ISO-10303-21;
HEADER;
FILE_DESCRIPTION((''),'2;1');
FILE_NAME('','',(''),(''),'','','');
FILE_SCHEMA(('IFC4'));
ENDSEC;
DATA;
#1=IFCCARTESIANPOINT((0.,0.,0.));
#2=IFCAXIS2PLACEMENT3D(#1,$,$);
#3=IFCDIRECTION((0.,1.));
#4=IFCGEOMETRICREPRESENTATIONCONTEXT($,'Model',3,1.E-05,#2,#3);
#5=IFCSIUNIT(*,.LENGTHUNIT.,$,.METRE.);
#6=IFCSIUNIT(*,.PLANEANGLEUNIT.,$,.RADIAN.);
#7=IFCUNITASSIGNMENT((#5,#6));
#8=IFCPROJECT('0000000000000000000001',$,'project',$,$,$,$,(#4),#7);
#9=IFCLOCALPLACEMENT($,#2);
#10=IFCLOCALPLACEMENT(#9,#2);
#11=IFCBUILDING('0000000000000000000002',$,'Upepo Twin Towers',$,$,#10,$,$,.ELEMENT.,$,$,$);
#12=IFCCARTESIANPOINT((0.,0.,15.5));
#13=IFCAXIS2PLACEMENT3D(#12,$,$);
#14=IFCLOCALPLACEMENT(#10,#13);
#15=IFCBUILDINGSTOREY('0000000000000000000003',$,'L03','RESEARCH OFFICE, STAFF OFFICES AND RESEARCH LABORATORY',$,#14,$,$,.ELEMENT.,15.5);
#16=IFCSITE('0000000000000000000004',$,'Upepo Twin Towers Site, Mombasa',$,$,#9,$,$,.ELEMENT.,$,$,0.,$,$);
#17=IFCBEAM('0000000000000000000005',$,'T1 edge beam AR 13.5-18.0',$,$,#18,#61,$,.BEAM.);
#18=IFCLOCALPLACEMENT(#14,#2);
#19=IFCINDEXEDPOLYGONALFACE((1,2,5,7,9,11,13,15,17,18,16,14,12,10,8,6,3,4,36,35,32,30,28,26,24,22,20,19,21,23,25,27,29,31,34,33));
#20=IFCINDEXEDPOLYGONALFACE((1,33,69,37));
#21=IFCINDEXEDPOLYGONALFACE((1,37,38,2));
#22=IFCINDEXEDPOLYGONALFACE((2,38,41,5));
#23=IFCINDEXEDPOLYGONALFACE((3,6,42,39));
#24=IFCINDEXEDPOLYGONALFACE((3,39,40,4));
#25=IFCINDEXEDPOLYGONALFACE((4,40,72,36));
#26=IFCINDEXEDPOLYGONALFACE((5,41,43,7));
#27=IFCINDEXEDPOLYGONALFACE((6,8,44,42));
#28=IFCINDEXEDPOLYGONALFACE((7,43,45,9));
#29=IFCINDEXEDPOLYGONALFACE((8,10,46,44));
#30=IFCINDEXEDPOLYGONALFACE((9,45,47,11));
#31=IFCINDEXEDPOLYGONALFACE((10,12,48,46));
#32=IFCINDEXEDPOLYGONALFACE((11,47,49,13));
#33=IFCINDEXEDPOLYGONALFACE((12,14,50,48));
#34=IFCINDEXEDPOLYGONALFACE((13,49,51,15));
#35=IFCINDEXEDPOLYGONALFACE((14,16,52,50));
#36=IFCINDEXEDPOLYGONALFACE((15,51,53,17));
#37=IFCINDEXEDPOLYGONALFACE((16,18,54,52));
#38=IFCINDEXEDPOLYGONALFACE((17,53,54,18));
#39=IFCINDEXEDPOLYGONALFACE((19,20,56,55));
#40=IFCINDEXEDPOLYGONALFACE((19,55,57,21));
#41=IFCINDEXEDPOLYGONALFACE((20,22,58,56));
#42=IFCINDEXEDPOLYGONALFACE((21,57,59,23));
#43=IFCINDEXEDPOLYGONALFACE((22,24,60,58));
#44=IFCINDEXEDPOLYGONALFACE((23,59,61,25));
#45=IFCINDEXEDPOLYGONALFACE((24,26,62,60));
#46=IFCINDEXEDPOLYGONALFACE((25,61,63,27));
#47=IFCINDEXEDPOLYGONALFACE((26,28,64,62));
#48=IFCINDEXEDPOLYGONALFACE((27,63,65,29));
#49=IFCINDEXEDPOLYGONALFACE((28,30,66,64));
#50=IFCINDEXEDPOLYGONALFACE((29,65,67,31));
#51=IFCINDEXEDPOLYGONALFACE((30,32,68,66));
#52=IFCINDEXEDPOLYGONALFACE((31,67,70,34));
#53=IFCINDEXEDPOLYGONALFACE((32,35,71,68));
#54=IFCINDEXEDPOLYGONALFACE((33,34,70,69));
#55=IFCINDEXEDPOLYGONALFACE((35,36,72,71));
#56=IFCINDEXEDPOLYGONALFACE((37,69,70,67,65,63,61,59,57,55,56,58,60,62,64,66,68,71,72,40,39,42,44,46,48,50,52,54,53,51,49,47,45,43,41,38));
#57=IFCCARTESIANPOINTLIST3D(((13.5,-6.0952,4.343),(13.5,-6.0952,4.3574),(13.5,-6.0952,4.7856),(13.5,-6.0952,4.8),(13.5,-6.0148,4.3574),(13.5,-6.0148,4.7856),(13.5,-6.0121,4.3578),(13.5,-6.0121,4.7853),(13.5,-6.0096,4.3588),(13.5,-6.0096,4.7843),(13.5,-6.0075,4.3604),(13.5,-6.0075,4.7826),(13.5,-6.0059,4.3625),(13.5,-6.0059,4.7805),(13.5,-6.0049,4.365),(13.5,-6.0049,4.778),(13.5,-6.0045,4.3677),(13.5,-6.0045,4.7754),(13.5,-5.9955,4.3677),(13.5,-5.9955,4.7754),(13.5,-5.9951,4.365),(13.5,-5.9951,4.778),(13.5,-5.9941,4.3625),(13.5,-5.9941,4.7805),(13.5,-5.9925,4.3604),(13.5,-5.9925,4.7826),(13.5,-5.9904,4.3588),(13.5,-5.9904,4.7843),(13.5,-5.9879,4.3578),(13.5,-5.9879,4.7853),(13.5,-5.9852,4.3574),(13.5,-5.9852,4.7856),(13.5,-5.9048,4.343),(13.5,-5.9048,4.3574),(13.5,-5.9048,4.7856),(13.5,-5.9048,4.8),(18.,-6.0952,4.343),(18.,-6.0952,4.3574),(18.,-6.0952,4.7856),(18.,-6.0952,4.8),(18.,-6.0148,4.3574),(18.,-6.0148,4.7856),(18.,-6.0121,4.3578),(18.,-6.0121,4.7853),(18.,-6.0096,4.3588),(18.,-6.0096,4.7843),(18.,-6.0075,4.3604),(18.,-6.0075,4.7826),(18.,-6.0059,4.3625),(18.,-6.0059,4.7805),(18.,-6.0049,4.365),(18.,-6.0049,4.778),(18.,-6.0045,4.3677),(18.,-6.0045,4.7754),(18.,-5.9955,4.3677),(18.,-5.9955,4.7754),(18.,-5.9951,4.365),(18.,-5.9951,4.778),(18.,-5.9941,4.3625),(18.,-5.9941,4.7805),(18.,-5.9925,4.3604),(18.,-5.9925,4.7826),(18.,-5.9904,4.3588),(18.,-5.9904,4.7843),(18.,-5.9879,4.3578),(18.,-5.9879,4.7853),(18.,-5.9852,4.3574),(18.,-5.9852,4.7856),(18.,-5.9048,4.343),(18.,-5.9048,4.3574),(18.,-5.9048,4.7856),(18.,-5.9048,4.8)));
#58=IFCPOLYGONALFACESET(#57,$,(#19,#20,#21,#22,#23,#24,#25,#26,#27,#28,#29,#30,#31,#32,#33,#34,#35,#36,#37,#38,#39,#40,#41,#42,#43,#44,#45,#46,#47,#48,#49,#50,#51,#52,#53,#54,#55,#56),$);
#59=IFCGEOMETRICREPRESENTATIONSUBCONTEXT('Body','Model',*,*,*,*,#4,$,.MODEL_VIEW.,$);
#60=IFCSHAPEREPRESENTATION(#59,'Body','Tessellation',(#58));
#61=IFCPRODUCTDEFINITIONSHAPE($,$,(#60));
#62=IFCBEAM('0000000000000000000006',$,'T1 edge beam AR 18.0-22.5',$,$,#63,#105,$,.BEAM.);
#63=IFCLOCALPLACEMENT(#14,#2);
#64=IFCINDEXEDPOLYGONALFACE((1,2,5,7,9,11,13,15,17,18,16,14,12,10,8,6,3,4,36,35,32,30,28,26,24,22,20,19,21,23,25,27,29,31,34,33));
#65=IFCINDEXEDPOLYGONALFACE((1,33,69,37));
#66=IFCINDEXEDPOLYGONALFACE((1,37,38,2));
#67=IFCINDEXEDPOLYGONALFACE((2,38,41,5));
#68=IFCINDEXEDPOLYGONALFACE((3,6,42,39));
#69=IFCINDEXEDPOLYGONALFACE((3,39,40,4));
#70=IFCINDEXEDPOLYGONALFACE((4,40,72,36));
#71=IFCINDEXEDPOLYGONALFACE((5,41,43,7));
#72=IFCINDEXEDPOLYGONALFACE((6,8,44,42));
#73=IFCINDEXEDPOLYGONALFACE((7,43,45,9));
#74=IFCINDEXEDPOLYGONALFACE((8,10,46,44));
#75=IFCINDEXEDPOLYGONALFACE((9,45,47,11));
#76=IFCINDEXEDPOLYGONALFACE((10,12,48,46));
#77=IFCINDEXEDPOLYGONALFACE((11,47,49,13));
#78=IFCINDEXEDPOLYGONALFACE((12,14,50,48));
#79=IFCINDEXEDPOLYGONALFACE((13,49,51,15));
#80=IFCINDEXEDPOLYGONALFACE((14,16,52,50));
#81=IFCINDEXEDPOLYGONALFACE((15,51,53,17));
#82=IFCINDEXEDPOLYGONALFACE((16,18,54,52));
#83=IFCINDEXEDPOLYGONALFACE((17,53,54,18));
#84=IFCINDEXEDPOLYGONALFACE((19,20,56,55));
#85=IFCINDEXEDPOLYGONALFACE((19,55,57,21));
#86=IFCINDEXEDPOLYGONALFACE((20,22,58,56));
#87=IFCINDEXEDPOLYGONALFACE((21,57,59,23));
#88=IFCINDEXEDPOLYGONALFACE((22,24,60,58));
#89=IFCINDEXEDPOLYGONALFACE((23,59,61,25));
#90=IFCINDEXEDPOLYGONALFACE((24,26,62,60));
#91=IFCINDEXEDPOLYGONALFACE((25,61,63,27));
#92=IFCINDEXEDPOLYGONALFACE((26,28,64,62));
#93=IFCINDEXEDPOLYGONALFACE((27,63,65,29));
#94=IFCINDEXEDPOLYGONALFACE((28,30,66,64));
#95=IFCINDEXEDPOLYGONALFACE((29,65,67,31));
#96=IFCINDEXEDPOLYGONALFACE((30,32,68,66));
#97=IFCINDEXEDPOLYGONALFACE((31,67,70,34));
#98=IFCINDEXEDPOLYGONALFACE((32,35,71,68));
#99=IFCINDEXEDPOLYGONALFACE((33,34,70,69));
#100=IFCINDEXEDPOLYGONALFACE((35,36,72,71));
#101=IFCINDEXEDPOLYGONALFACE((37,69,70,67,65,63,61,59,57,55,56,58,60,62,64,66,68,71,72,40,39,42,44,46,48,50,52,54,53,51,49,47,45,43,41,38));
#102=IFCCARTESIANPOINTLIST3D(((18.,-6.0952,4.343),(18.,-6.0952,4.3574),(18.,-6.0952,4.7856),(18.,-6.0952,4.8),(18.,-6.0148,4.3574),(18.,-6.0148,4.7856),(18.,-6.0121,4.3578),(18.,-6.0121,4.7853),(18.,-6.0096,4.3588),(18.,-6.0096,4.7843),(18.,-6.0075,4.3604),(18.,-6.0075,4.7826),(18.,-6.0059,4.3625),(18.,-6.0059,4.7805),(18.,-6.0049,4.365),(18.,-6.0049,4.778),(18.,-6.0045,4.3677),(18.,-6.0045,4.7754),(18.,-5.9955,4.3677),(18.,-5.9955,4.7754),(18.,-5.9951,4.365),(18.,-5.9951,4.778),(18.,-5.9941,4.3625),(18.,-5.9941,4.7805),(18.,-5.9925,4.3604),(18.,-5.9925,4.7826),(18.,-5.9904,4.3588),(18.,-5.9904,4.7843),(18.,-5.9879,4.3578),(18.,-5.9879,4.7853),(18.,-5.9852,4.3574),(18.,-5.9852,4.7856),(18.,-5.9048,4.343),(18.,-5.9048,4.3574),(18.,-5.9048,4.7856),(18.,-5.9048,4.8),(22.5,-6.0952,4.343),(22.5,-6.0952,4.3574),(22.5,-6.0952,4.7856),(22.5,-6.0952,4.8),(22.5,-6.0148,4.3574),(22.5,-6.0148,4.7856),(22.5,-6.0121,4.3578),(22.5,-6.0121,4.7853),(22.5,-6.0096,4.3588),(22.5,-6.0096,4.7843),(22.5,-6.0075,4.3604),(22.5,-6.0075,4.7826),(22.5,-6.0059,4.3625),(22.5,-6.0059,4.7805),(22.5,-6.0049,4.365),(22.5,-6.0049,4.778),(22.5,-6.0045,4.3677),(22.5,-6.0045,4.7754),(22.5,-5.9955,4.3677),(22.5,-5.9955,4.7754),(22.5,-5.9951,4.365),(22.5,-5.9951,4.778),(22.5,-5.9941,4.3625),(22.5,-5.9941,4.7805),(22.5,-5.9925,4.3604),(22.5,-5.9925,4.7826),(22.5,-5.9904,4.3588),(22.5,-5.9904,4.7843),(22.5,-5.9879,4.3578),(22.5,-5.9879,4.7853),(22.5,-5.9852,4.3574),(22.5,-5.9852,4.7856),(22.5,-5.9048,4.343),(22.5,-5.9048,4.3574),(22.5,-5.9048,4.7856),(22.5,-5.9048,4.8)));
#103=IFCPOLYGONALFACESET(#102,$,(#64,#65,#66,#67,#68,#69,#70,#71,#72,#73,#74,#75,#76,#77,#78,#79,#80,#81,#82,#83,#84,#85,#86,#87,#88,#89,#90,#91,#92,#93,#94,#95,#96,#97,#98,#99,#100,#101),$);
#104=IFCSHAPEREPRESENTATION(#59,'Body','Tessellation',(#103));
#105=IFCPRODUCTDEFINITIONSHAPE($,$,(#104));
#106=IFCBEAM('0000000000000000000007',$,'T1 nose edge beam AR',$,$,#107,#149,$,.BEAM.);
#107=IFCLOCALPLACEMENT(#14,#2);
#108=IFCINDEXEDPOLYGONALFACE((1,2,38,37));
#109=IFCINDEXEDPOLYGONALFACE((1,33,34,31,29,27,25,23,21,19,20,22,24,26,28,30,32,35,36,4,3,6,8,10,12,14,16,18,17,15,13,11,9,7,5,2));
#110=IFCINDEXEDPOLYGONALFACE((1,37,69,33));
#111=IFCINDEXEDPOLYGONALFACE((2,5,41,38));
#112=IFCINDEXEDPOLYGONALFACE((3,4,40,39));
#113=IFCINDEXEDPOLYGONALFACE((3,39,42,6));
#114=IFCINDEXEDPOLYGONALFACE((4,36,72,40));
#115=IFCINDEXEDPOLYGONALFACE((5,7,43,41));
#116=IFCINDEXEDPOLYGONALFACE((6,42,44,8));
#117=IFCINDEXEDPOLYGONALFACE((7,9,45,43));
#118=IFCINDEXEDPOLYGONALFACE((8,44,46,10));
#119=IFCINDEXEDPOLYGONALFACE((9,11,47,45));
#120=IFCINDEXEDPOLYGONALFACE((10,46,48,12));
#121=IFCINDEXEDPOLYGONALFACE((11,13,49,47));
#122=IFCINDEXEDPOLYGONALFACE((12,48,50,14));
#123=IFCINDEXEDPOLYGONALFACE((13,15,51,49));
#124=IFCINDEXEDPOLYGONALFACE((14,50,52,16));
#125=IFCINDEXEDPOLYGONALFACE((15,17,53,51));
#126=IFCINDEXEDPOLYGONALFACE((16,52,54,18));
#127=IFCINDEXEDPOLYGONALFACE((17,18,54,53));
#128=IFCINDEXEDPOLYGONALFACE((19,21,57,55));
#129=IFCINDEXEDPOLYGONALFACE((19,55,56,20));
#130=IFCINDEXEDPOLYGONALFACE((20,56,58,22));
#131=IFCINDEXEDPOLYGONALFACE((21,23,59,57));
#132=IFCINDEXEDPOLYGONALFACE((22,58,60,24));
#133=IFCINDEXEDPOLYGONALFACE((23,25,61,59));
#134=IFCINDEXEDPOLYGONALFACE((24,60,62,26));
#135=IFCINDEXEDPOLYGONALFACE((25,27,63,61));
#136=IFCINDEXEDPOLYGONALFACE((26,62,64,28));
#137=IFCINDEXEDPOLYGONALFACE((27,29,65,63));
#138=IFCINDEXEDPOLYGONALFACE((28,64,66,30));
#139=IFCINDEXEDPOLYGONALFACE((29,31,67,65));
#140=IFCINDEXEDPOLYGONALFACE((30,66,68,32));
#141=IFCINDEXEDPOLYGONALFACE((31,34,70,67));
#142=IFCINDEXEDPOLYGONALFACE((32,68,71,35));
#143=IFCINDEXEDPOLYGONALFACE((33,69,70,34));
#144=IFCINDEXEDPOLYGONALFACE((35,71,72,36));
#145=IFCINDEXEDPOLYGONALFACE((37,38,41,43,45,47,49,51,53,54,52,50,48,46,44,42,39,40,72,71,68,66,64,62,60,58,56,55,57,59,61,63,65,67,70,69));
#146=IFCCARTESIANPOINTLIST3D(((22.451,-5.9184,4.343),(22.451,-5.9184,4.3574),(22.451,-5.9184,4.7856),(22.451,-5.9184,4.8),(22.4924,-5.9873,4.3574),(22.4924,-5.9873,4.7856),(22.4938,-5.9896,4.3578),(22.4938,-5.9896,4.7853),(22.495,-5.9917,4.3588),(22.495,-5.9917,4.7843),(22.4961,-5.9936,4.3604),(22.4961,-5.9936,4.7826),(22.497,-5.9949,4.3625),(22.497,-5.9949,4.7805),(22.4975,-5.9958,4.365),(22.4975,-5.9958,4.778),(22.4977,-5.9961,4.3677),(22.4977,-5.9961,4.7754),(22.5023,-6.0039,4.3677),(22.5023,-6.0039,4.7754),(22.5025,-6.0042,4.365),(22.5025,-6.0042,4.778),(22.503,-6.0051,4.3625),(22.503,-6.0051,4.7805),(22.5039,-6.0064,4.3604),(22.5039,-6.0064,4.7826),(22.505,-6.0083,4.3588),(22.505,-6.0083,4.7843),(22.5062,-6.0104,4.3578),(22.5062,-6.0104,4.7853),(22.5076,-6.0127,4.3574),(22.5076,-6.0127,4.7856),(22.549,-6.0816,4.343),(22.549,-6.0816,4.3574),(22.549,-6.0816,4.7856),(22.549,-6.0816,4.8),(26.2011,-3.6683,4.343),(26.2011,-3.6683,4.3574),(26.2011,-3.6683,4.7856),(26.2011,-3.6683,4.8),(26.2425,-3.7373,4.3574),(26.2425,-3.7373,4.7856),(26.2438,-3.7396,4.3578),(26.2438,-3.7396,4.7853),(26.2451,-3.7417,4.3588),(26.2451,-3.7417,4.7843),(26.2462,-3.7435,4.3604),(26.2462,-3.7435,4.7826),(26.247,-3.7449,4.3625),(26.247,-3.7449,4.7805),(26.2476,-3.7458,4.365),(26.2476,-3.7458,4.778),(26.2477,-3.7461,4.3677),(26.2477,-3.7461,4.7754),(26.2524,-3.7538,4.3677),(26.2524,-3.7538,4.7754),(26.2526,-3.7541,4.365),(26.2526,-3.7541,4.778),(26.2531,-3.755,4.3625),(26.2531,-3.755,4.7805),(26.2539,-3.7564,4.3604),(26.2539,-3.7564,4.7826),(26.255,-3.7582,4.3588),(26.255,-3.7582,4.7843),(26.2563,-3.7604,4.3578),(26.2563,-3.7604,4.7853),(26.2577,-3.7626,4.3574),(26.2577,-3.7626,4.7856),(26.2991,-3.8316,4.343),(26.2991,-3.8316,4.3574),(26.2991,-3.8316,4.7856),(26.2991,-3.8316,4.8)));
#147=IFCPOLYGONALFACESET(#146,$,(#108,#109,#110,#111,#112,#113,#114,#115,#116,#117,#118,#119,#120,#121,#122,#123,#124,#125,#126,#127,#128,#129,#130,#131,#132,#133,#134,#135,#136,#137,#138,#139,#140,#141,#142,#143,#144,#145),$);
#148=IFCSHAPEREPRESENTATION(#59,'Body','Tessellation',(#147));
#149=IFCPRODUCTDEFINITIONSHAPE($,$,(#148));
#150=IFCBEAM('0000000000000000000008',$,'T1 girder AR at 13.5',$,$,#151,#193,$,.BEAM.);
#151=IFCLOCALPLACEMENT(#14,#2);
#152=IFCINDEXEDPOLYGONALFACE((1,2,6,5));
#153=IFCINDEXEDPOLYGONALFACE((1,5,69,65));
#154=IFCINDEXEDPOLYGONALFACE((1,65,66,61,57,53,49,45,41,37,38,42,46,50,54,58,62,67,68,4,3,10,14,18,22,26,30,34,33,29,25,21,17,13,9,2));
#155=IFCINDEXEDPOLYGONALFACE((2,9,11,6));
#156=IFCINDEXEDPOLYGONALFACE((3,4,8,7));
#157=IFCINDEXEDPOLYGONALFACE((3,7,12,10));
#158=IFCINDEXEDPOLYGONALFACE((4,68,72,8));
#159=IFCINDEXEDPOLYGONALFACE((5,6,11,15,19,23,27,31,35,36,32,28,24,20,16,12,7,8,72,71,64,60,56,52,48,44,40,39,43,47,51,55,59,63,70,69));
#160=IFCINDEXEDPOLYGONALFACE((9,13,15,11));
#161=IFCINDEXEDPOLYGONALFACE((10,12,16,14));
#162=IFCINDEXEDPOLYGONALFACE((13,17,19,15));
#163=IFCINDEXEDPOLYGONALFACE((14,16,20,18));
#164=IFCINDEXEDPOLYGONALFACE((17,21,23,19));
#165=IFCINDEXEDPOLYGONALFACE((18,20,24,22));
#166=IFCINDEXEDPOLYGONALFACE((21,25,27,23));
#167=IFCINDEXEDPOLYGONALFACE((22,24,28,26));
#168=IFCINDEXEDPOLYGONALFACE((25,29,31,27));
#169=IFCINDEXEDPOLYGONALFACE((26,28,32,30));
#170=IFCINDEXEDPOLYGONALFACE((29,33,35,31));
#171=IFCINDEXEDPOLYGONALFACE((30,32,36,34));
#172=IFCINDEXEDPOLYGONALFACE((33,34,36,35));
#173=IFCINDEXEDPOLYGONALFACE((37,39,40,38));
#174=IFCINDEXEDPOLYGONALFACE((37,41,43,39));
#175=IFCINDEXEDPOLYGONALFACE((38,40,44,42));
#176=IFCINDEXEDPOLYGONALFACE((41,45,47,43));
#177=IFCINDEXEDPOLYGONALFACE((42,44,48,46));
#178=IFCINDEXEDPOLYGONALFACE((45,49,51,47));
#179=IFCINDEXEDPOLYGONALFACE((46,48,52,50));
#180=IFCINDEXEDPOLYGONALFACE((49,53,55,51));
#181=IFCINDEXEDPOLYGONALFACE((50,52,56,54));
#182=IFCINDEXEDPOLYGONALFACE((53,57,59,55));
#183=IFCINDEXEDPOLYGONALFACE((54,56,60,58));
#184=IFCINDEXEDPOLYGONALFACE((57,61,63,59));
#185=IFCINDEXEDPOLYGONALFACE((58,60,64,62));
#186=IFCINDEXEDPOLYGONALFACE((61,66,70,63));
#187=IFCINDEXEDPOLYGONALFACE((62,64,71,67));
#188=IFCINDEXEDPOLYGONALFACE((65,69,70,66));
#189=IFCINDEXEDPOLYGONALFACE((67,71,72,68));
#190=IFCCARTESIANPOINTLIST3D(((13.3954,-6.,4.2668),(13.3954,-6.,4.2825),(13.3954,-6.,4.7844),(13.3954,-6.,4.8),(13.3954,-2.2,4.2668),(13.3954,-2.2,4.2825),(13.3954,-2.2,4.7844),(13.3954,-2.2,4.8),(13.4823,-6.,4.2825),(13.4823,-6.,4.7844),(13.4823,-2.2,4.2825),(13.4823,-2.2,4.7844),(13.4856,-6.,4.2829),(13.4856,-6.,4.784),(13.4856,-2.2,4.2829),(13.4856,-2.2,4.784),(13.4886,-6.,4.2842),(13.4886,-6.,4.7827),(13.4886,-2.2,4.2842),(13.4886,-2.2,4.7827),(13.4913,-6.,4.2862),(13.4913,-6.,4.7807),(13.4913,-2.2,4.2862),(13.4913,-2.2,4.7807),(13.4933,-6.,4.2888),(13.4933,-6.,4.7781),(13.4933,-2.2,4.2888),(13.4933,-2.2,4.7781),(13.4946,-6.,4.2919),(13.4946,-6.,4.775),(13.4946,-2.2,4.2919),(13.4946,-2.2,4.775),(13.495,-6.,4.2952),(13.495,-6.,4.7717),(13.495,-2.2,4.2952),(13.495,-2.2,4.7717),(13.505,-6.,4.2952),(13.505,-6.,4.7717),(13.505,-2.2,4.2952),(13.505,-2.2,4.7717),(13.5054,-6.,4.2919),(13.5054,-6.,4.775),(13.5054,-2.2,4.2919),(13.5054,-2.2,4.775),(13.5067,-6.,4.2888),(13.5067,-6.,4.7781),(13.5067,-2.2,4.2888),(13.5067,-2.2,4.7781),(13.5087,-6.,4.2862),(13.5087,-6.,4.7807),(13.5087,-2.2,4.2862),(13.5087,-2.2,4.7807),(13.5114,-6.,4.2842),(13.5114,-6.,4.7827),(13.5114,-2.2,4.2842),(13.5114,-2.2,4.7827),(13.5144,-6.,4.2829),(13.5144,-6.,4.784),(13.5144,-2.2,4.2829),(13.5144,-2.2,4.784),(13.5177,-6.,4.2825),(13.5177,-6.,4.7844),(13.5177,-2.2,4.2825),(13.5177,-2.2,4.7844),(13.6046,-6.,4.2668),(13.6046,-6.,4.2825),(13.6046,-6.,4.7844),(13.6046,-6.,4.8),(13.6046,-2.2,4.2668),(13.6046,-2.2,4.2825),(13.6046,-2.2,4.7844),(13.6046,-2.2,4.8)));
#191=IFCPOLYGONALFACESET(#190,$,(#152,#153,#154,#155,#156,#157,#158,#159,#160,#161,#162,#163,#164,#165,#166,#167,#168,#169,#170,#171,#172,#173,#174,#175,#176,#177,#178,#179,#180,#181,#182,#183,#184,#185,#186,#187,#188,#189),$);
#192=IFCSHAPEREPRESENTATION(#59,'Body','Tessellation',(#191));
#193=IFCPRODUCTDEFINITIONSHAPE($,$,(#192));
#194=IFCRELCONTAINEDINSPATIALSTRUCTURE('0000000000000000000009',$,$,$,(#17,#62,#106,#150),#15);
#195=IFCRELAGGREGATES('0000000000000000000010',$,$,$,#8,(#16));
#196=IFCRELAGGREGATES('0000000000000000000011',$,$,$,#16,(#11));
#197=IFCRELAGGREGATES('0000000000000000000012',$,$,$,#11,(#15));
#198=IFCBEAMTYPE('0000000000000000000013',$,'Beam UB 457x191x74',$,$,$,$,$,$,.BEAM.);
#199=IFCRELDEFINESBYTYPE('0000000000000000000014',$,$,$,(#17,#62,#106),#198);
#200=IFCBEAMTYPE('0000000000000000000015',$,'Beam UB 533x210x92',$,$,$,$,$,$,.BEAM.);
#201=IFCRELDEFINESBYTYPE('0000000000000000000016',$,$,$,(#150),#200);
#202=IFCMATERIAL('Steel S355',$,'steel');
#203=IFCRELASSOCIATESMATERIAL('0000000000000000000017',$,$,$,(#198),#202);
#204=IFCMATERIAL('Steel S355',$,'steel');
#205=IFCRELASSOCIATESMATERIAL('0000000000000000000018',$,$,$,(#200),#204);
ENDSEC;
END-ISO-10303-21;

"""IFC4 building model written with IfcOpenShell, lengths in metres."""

from ifc_helpers import new_model, si_unit, direction, frame, origin, origin_2d, place, context, subcontext, project, spatial, i_section, extrude, material, material_profile, profile_set, type_object, element, save


model = new_model("IFC4")

# Units and contexts
model_context = context("Model", 3, precision=1e-05, world=origin(), true_north=direction((0.0, 1.0)))
body_context = subcontext(model_context, "Body", "Model", "MODEL_VIEW")
ifc_project = project(units=[si_unit("LENGTHUNIT", "METRE"), si_unit("PLANEANGLEUNIT", "RADIAN")], contexts=[model_context])

# Site, building, storey
site_placement = place(None, origin())
site = spatial("IfcSite", under=ifc_project, at=site_placement, Name="Upepo Twin Towers Site, Mombasa", CompositionType="ELEMENT", RefElevation=0.0)
building_placement = place(site_placement, origin())
building = spatial("IfcBuilding", under=site, at=building_placement, Name="Upepo Twin Towers", CompositionType="ELEMENT")
storey_placement = place(building_placement, frame((0.0, 0.0, 15.5)))
storey = spatial("IfcBuildingStorey", under=building, at=storey_placement, Name="L03", Description="RESEARCH OFFICE, STAFF OFFICES AND RESEARCH LABORATORY", CompositionType="ELEMENT", Elevation=15.5)

# Beams
ifc_material_1 = material(Name="Steel S355", Category="steel")
ifc_material_profile_1 = material_profile(ifc_material_1, i_section(OverallWidth=0.1904, OverallDepth=0.457, WebThickness=0.009, FlangeThickness=0.0144, FilletRadius=0.0103, at=origin_2d()), Name="UB 457x191x74")
ifc_profile_set_1 = profile_set([ifc_material_profile_1], Name="Steel S355")
beam_type_1 = type_object("IfcBeamType", Name="Beam UB 457x191x74", PredefinedType="BEAM", material=ifc_profile_set_1)
for number, where, z_axis, x_axis, name in (
    (1, (13.5, -6.0, 4.5715), (1.0, 0.0, 0.0), (0.0, 1.0, 0.0), "T1 edge beam AR 13.5-18.0"),
    (2, (18.0, -6.0, 4.5715), (1.0, 0.0, 0.0), (0.0, 1.0, 0.0), "T1 edge beam AR 18.0-22.5"),
):
    element("IfcBeam", number, at=place(storey_placement, frame(where, z_axis=z_axis, x_axis=x_axis)), inside=storey, type_object=beam_type_1, Name=name, PredefinedType="BEAM", context=body_context, shape_type="SweptSolid", body=[
        extrude(i_section(OverallWidth=0.1904, OverallDepth=0.457, WebThickness=0.009, FlangeThickness=0.0144, FilletRadius=0.0103, at=origin_2d()), origin(), (0.0, 0.0, 1.0), 4.5),
    ])
beam_1_placement = place(storey_placement, frame((22.5, -6.0, 4.5715), z_axis=(0.857493, 0.514496, 0.0), x_axis=(-0.514496, 0.857493, 0.0)))
element("IfcBeam", 3, at=beam_1_placement, inside=storey, type_object=beam_type_1, Name="T1 nose edge beam AR", PredefinedType="BEAM", context=body_context, shape_type="SweptSolid", body=[
    extrude(i_section(OverallWidth=0.1904, OverallDepth=0.457, WebThickness=0.009, FlangeThickness=0.0144, FilletRadius=0.0103, at=origin_2d()), origin(), (0.0, 0.0, 1.0), 4.3733),
])
ifc_material_2 = material(Name="Steel S355", Category="steel")
ifc_material_profile_2 = material_profile(ifc_material_2, i_section(OverallWidth=0.2092, OverallDepth=0.5332, WebThickness=0.01, FlangeThickness=0.0156, FilletRadius=0.0127, at=origin_2d()), Name="UB 533x210x92")
ifc_profile_set_2 = profile_set([ifc_material_profile_2], Name="Steel S355")
beam_type_2 = type_object("IfcBeamType", Name="Beam UB 533x210x92", PredefinedType="BEAM", material=ifc_profile_set_2)
for number, where, z_axis, x_axis, name in (
    (4, (13.5, -6.0, 4.5334), (0.0, 1.0, 0.0), (-1.0, 0.0, 0.0), "T1 girder AR at 13.5"),
):
    element("IfcBeam", number, at=place(storey_placement, frame(where, z_axis=z_axis, x_axis=x_axis)), inside=storey, type_object=beam_type_2, Name=name, PredefinedType="BEAM", context=body_context, shape_type="SweptSolid", body=[
        extrude(i_section(OverallWidth=0.2092, OverallDepth=0.5332, WebThickness=0.01, FlangeThickness=0.0156, FilletRadius=0.0127, at=origin_2d()), origin(), (0.0, 0.0, 1.0), 3.8),
    ])

save(model, "model.ifc")
